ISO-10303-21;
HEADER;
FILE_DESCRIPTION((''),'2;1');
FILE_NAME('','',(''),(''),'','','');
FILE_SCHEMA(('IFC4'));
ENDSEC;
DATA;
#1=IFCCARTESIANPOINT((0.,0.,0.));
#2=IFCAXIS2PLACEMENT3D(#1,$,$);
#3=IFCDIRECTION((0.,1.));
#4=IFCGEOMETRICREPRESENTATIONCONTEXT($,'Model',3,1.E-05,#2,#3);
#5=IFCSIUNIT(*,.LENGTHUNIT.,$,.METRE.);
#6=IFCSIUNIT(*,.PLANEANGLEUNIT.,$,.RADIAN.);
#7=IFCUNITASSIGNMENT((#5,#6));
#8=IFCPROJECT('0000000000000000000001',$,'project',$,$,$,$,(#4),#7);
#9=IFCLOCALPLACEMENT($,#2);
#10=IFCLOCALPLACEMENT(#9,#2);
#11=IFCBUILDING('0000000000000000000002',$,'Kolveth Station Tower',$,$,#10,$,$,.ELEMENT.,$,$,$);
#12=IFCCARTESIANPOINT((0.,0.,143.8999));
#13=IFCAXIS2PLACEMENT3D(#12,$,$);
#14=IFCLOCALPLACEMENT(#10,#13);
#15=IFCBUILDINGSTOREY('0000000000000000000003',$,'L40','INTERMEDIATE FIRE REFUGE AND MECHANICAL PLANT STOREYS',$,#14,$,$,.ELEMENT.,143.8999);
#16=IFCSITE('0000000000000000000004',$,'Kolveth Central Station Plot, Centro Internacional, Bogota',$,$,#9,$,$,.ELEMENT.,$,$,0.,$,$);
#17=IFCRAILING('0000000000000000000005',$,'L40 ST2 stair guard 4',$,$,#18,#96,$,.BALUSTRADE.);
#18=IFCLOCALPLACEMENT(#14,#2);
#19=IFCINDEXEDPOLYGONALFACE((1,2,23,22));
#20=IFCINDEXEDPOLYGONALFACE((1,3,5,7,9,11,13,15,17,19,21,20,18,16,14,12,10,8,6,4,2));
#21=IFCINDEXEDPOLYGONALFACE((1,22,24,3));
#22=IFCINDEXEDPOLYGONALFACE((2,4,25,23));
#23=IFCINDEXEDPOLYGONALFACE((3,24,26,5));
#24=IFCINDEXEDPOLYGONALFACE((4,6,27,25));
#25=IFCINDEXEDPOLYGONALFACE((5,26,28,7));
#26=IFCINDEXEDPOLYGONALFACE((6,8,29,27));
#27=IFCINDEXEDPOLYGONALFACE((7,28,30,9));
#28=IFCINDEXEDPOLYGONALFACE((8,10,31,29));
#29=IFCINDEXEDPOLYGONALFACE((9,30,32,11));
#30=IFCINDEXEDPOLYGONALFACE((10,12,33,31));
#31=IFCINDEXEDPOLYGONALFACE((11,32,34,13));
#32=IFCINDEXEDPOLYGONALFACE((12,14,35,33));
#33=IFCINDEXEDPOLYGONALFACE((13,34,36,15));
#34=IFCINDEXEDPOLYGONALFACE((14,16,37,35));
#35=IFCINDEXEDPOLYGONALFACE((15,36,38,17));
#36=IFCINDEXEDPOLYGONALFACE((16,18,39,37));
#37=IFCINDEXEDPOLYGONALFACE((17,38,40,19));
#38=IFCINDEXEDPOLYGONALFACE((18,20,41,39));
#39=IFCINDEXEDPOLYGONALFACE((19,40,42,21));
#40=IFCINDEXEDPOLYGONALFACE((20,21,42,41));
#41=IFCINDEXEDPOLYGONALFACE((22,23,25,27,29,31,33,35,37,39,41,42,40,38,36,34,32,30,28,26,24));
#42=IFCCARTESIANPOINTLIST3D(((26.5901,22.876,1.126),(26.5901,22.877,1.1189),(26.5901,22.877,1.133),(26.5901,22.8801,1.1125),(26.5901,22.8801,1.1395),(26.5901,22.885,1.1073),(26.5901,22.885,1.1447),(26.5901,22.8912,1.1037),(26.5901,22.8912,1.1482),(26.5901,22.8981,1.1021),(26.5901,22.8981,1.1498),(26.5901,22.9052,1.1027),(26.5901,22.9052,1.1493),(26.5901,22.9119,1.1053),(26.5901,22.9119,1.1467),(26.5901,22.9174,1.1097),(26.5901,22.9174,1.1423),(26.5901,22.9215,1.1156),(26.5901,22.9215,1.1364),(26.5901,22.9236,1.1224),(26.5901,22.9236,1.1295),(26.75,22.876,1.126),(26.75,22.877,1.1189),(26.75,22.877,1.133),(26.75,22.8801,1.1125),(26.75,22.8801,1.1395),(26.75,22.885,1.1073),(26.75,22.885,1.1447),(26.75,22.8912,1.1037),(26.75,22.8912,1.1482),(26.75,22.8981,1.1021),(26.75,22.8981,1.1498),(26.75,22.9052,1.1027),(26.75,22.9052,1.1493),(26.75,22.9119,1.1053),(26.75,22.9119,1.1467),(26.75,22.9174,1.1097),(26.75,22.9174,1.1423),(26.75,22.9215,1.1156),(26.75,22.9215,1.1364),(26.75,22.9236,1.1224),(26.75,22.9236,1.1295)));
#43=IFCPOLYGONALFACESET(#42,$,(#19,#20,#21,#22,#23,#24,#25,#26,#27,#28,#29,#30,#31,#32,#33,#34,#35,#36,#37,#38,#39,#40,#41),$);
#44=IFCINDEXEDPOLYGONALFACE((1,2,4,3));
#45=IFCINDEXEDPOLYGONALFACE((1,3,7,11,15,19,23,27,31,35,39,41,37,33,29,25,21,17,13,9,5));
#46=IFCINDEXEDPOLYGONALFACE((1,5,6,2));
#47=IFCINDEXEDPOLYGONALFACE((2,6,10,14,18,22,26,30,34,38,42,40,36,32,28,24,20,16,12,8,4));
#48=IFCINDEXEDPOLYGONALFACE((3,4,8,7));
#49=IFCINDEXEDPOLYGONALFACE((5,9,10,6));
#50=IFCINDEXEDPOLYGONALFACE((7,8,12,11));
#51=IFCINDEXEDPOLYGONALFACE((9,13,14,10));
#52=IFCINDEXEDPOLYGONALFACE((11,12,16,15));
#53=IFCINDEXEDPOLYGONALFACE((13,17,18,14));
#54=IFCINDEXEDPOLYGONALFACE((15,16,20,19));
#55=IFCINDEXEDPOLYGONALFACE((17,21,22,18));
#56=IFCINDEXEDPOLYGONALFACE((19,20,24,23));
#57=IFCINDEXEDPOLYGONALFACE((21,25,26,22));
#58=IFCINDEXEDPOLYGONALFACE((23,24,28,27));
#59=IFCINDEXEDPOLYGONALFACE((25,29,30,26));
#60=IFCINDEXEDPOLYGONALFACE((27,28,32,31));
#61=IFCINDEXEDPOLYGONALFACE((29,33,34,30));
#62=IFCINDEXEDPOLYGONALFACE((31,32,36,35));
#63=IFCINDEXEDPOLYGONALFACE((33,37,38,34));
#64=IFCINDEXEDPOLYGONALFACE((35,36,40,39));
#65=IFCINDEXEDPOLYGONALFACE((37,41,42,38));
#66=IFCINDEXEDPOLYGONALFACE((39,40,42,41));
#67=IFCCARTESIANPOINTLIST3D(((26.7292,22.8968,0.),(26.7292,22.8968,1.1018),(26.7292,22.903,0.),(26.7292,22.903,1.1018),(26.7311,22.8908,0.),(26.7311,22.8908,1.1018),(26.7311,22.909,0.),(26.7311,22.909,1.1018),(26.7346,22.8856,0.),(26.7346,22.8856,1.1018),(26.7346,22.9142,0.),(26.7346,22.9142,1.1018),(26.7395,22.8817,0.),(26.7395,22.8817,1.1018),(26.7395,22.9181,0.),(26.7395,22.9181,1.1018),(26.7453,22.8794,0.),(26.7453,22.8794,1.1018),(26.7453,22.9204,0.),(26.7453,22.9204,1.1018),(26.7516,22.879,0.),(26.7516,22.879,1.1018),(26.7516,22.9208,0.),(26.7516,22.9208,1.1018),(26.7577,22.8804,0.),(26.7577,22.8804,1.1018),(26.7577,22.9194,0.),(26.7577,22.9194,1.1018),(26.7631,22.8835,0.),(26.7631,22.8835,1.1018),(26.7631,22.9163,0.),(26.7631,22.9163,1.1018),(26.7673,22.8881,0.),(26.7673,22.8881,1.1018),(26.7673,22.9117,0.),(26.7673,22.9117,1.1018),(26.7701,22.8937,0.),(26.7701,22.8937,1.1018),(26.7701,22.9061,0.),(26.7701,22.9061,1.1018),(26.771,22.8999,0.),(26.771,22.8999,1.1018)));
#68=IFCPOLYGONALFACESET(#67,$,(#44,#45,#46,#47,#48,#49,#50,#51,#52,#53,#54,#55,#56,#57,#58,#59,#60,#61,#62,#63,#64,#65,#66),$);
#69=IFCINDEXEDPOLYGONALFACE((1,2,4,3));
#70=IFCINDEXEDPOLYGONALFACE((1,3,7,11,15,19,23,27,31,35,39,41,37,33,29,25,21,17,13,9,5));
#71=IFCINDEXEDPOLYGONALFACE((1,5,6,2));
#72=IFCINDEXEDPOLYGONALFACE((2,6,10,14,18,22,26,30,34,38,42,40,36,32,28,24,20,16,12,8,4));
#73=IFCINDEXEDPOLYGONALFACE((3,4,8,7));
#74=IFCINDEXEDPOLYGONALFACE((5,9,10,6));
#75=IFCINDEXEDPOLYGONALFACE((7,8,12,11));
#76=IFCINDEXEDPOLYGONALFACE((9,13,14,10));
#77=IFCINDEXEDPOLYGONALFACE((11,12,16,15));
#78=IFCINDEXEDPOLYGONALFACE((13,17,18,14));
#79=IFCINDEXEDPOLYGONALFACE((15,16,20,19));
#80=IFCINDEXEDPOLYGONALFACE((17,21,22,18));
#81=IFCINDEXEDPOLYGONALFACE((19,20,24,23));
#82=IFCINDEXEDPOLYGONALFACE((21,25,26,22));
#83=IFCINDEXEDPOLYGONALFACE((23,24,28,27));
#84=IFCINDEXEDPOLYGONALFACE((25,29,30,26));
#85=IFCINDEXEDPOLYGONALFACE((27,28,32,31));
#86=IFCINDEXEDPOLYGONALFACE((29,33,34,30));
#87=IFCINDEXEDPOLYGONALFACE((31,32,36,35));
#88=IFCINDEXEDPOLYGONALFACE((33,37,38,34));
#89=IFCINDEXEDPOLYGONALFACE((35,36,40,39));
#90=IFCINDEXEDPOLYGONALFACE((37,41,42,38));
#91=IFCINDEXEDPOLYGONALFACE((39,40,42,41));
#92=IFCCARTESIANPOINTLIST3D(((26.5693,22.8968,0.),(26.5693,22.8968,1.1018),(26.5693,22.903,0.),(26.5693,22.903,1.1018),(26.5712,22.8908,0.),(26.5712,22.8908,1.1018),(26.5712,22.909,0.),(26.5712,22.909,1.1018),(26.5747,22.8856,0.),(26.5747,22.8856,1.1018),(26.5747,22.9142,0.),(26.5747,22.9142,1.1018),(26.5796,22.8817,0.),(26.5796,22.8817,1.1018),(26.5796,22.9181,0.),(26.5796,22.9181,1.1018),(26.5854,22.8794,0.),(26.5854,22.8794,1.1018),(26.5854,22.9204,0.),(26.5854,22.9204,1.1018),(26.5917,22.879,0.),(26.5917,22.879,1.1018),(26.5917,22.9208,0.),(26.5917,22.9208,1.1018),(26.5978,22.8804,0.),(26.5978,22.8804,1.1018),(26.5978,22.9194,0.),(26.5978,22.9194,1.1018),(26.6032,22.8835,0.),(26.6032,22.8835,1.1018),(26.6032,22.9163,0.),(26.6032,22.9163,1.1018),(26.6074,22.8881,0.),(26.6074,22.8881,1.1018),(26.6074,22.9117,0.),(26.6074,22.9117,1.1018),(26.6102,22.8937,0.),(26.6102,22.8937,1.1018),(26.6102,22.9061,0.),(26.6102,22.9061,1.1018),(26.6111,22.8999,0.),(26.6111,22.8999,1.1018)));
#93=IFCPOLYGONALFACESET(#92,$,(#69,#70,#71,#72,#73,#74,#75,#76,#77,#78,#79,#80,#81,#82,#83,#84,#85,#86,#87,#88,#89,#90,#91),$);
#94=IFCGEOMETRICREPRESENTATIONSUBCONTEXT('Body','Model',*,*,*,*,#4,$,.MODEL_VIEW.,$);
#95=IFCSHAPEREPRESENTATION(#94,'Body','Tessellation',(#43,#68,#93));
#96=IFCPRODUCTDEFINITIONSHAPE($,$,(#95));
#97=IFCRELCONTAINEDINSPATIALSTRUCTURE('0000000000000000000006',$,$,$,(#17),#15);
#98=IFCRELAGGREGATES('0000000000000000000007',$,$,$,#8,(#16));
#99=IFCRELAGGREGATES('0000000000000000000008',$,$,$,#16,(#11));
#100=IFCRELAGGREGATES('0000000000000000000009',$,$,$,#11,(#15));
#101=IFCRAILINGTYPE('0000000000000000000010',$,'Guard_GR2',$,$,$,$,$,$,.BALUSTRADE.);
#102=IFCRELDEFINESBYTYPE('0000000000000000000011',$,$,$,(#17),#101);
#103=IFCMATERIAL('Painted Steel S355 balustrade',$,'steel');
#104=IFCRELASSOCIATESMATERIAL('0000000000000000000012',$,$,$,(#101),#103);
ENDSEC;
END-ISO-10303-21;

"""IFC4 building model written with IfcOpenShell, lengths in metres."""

from ifc_helpers import new_model, si_unit, direction, frame, origin, origin_2d, place, context, subcontext, project, spatial, circle, extrude, material, type_object, element, save


model = new_model("IFC4")

# Units and contexts
model_context = context("Model", 3, precision=1e-05, world=origin(), true_north=direction((0.0, 1.0)))
body_context = subcontext(model_context, "Body", "Model", "MODEL_VIEW")
ifc_project = project(units=[si_unit("LENGTHUNIT", "METRE"), si_unit("PLANEANGLEUNIT", "RADIAN")], contexts=[model_context])

# Site, building, storey
site_placement = place(None, origin())
site = spatial("IfcSite", under=ifc_project, at=site_placement, Name="Kolveth Central Station Plot, Centro Internacional, Bogota", CompositionType="ELEMENT", RefElevation=0.0)
building_placement = place(site_placement, origin())
building = spatial("IfcBuilding", under=site, at=building_placement, Name="Kolveth Station Tower", CompositionType="ELEMENT")
storey_placement = place(building_placement, frame((0.0, 0.0, 143.8999)))
storey = spatial("IfcBuildingStorey", under=building, at=storey_placement, Name="L40", Description="INTERMEDIATE FIRE REFUGE AND MECHANICAL PLANT STOREYS", CompositionType="ELEMENT", Elevation=143.8999)

# Railing
ifc_material_1 = material(Name="Painted Steel S355 balustrade", Category="steel")
railing_type_1 = type_object("IfcRailingType", Name="Guard_GR2", PredefinedType="BALUSTRADE", material=ifc_material_1)
railing_1_placement = place(storey_placement, frame((26.75, 22.8999, 0.0)))
element("IfcRailing", 1, at=railing_1_placement, inside=storey, type_object=railing_type_1, Name="L40 ST2 stair guard 4", PredefinedType="BALUSTRADE", context=body_context, shape_type="SweptSolid", body=[
    extrude(circle(Radius=0.0239, at=origin_2d()), frame((0.0, 0.0, 1.126), z_axis=(-1.0, 0.0, 0.0), x_axis=(0.0, -1.0, 0.0)), (0.0, 0.0, 1.0), 0.1599),
    extrude(circle(Radius=0.021, at=origin_2d()), origin(), (0.0, 0.0, 1.0), 1.1018),
    extrude(circle(Radius=0.021, at=origin_2d()), frame((-0.1599, 0.0, 0.0)), (0.0, 0.0, 1.0), 1.1018),
])

save(model, "model.ifc")
